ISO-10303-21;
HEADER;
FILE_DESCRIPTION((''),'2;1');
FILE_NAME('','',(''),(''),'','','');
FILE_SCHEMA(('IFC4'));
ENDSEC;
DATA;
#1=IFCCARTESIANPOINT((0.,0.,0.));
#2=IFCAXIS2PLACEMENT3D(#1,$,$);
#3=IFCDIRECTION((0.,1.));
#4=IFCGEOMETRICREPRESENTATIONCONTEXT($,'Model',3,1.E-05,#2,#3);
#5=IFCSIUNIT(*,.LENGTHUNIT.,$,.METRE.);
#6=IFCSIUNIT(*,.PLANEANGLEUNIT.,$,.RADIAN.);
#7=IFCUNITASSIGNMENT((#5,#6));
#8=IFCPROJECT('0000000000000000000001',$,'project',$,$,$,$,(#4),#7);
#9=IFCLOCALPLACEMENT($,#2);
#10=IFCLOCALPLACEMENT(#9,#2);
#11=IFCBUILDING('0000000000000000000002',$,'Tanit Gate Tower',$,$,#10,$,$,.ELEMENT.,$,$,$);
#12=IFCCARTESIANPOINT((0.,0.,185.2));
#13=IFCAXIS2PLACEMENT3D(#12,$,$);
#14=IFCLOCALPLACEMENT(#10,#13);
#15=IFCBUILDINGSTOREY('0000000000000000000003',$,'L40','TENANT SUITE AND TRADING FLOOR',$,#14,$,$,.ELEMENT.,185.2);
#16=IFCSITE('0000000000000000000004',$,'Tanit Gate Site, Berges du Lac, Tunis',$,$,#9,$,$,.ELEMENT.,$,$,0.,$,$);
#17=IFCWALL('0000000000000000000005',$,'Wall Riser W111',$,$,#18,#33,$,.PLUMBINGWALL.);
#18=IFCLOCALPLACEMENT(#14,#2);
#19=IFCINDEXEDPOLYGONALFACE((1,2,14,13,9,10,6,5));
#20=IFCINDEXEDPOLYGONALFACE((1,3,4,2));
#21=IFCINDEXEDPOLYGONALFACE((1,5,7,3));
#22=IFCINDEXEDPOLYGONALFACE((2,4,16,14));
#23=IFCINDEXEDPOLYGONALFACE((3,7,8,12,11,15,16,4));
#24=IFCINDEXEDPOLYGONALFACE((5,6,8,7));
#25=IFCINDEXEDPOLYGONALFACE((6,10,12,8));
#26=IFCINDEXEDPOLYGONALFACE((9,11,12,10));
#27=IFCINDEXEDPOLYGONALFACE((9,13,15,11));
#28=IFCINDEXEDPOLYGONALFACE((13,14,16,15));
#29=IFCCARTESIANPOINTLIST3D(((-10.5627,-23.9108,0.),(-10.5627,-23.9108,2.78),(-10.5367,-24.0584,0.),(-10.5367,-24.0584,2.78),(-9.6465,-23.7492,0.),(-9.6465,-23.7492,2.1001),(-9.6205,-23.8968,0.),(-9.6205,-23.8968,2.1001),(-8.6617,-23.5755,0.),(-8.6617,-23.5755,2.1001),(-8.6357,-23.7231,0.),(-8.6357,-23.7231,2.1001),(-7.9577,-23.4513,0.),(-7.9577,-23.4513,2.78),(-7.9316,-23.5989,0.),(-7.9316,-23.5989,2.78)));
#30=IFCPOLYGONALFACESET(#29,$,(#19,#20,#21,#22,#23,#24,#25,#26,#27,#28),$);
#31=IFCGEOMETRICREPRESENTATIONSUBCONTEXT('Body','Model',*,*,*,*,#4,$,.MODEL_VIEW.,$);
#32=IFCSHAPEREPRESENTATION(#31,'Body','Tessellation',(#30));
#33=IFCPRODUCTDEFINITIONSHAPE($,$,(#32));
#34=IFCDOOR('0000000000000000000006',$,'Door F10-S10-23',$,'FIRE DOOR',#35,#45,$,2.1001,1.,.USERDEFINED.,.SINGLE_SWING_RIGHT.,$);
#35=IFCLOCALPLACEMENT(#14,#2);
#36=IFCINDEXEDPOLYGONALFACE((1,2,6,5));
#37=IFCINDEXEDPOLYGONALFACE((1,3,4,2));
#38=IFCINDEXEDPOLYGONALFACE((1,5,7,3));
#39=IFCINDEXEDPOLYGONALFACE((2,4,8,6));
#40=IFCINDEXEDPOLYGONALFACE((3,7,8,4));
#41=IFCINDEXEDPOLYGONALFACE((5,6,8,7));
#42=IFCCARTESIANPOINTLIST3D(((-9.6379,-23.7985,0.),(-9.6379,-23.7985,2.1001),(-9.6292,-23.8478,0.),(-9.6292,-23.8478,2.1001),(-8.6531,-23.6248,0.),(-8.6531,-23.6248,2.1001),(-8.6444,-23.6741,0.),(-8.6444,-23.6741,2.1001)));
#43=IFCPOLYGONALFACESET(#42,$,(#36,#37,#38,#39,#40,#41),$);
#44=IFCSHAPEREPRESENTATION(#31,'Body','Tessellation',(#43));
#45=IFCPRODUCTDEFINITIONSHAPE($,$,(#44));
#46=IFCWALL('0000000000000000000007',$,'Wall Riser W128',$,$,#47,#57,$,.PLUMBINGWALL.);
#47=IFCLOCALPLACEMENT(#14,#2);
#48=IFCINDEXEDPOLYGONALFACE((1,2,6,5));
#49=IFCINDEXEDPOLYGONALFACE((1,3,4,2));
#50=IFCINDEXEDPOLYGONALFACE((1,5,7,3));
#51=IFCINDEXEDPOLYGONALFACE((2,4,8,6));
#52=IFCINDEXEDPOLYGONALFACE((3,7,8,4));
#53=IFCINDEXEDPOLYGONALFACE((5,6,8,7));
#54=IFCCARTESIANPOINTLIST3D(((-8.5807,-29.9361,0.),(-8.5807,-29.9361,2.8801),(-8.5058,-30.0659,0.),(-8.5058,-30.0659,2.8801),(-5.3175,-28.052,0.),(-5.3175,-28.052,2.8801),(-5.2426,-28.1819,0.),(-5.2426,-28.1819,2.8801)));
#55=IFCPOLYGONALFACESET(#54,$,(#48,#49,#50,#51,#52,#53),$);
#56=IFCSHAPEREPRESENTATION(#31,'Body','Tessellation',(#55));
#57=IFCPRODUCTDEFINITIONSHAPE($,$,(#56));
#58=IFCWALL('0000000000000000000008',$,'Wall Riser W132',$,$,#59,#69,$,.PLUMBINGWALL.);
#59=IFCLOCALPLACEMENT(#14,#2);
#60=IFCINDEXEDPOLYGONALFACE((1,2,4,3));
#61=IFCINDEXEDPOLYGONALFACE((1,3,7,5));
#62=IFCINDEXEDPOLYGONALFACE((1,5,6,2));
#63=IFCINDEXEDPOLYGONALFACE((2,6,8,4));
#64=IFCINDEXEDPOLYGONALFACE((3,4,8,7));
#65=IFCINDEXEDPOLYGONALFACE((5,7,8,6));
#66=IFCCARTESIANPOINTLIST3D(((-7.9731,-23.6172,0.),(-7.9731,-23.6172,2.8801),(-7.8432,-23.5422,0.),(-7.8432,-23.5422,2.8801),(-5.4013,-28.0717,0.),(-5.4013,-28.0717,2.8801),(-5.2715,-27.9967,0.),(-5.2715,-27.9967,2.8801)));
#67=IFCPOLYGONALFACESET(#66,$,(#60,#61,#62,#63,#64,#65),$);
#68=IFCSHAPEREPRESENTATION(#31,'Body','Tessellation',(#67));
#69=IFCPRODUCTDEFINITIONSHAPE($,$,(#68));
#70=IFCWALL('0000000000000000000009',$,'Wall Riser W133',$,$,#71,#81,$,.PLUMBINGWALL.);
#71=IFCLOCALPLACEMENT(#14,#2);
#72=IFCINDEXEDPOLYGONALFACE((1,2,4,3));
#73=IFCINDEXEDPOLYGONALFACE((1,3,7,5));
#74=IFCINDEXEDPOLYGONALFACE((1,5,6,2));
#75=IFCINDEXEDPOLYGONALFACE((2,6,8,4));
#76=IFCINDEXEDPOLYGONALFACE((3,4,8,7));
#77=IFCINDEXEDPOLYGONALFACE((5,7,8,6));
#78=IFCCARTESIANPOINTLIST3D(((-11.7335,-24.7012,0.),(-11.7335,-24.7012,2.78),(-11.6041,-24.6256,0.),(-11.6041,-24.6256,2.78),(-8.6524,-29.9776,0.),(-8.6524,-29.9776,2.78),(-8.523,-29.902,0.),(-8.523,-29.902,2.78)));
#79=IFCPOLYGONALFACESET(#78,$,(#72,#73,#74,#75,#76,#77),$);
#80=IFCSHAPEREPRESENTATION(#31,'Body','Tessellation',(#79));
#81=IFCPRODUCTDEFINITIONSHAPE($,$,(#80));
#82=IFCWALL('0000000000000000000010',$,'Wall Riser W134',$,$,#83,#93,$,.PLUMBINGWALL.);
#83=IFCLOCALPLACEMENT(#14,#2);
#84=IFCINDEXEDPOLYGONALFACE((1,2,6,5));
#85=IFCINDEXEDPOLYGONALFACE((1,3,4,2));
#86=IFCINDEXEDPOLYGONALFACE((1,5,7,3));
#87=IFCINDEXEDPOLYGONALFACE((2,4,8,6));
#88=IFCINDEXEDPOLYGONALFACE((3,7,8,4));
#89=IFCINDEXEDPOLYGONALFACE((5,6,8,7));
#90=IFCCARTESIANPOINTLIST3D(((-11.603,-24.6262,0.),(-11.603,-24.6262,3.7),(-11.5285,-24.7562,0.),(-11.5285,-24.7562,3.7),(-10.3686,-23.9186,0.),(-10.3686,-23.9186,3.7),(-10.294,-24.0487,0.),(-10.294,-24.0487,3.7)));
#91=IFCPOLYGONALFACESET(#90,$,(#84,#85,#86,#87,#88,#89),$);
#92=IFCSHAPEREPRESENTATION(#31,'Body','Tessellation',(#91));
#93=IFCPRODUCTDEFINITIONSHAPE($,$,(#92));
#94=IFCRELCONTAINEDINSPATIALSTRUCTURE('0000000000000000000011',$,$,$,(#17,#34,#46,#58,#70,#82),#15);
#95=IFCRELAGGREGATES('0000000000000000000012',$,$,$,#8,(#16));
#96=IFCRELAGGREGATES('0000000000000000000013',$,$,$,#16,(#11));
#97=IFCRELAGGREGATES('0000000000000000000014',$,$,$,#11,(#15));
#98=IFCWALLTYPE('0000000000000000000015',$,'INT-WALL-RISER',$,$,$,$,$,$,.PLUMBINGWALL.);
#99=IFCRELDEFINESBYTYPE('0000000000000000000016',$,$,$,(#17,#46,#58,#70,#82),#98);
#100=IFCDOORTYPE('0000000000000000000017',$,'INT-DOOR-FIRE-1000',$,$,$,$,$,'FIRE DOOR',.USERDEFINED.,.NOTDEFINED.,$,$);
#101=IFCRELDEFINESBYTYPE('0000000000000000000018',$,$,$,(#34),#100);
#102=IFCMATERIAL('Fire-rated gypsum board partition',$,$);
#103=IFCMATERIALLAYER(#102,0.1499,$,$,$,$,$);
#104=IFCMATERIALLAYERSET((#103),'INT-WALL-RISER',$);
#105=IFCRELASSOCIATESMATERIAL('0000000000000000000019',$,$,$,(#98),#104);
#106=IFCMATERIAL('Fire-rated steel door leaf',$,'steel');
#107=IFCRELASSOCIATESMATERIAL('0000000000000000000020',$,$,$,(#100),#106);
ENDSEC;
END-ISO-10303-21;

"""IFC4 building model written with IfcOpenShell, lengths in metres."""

from ifc_helpers import new_model, si_unit, direction, frame, frame_2d, origin, place, context, subcontext, project, spatial, rectangle, extrude, material, layer, layer_set, type_object, element, fill, save


model = new_model("IFC4")

# Units and contexts
model_context = context("Model", 3, precision=1e-05, world=origin(), true_north=direction((0.0, 1.0)))
body_context = subcontext(model_context, "Body", "Model", "MODEL_VIEW")
ifc_project = project(units=[si_unit("LENGTHUNIT", "METRE"), si_unit("PLANEANGLEUNIT", "RADIAN")], contexts=[model_context])

# Site, building, storey
site_placement = place(None, origin())
site = spatial("IfcSite", under=ifc_project, at=site_placement, Name="Tanit Gate Site, Berges du Lac, Tunis", CompositionType="ELEMENT", RefElevation=0.0)
building_placement = place(site_placement, origin())
building = spatial("IfcBuilding", under=site, at=building_placement, Name="Tanit Gate Tower", CompositionType="ELEMENT")
storey_placement = place(building_placement, frame((0.0, 0.0, 185.2)))
storey = spatial("IfcBuildingStorey", under=building, at=storey_placement, Name="L40", Description="TENANT SUITE AND TRADING FLOOR", CompositionType="ELEMENT", Elevation=185.2)

# Wall, opening, door
ifc_material_1 = material(Name="Fire-rated gypsum board partition")
ifc_layer_1 = layer(ifc_material_1, 0.1499)
ifc_layer_set_1 = layer_set([ifc_layer_1], Name="INT-WALL-RISER")
wall_type_1 = type_object("IfcWallType", Name="INT-WALL-RISER", PredefinedType="PLUMBINGWALL", material=ifc_layer_set_1)
wall_1_placement = place(storey_placement, frame((-10.5498, -23.9846, 0.0), z_axis=(0.0, 0.0, 1.0), x_axis=(0.984798, 0.173701, 0.0)))
wall_1 = element("IfcWall", 1, at=wall_1_placement, inside=storey, type_object=wall_type_1, Name="Wall Riser W111", PredefinedType="PLUMBINGWALL", context=body_context, shape_type="SweptSolid", body=[
    extrude(rectangle(XDim=2.6453, YDim=0.1499, at=frame_2d((1.3228, 0.0))), origin(), (0.0, 0.0, 1.0), 2.78),
])
opening_1_placement = place(wall_1_placement, frame((0.9304, 0.0, 0.0)))
opening_1 = element("IfcOpeningElement", 2, at=opening_1_placement, cuts=wall_1, PredefinedType="OPENING", context=body_context, shape_type="SweptSolid", body=[
    extrude(rectangle(XDim=1.0, YDim=2.1001, at=frame_2d((0.5, 1.05))), frame((0.0, 0.085, 0.0), z_axis=(0.0, -1.0, 0.0), x_axis=(1.0, 0.0, 0.0)), (0.0, 0.0, 1.0), 0.1699),
])
ifc_material_2 = material(Name="Fire-rated steel door leaf", Category="steel")
door_type_1 = type_object("IfcDoorType", Name="INT-DOOR-FIRE-1000", ElementType="FIRE DOOR", OperationType="NOTDEFINED", PredefinedType="USERDEFINED", material=ifc_material_2)
door_1_placement = place(opening_1_placement, origin())
door_1 = element("IfcDoor", 3, at=door_1_placement, inside=storey, type_object=door_type_1, Name="Door F10-S10-23", ObjectType="FIRE DOOR", OperationType="SINGLE_SWING_RIGHT", OverallHeight=2.1001, OverallWidth=1.0, PredefinedType="USERDEFINED", context=body_context, shape_type="SweptSolid", body=[
    extrude(rectangle(XDim=1.0, YDim=2.1001, at=frame_2d((0.5, 1.05))), frame((0.0, 0.0249, 0.0), z_axis=(0.0, -1.0, 0.0), x_axis=(1.0, 0.0, 0.0)), (0.0, 0.0, 1.0), 0.05),
])
fill(opening_1, door_1)

# Walls
wall_2_placement = place(storey_placement, frame((-5.28, -28.1169, 0.0), z_axis=(0.0, 0.0, 1.0), x_axis=(-0.866022, -0.500007, 0.0)))
element("IfcWall", 4, at=wall_2_placement, inside=storey, type_object=wall_type_1, Name="Wall Riser W128", PredefinedType="PLUMBINGWALL", context=body_context, shape_type="SweptSolid", body=[
    extrude(rectangle(XDim=3.7681, YDim=0.1499, at=frame_2d((1.884, 0.0))), origin(), (0.0, 0.0, 1.0), 2.8801),
])
wall_3_placement = place(storey_placement, frame((-5.3364, -28.0342, 0.0), z_axis=(0.0, 0.0, 1.0), x_axis=(-0.499988, 0.866032, 0.0)))
element("IfcWall", 5, at=wall_3_placement, inside=storey, type_object=wall_type_1, Name="Wall Riser W132", PredefinedType="PLUMBINGWALL", context=body_context, shape_type="SweptSolid", body=[
    extrude(rectangle(XDim=5.1436, YDim=0.1499, at=frame_2d((2.5718, 0.0))), origin(), (0.0, 0.0, 1.0), 2.8801),
])
wall_4_placement = place(storey_placement, frame((-8.5876, -29.9399, 0.0), z_axis=(0.0, 0.0, 1.0), x_axis=(-0.504259, 0.863553, 0.0)))
element("IfcWall", 6, at=wall_4_placement, inside=storey, type_object=wall_type_1, Name="Wall Riser W133", PredefinedType="PLUMBINGWALL", context=body_context, shape_type="SweptSolid", body=[
    extrude(rectangle(XDim=6.1101, YDim=0.1499, at=frame_2d((3.0552, 0.0))), origin(), (0.0, 0.0, 1.0), 2.78),
])
wall_5_placement = place(storey_placement, frame((-10.3313, -23.9836, 0.0), z_axis=(0.0, 0.0, 1.0), x_axis=(-0.867588, -0.497284, 0.0)))
element("IfcWall", 7, at=wall_5_placement, inside=storey, type_object=wall_type_1, Name="Wall Riser W134", PredefinedType="PLUMBINGWALL", context=body_context, shape_type="SweptSolid", body=[
    extrude(rectangle(XDim=1.4229, YDim=0.1499, at=frame_2d((0.7114, 0.0))), origin(), (0.0, 0.0, 1.0), 3.7),
])

save(model, "model.ifc")
